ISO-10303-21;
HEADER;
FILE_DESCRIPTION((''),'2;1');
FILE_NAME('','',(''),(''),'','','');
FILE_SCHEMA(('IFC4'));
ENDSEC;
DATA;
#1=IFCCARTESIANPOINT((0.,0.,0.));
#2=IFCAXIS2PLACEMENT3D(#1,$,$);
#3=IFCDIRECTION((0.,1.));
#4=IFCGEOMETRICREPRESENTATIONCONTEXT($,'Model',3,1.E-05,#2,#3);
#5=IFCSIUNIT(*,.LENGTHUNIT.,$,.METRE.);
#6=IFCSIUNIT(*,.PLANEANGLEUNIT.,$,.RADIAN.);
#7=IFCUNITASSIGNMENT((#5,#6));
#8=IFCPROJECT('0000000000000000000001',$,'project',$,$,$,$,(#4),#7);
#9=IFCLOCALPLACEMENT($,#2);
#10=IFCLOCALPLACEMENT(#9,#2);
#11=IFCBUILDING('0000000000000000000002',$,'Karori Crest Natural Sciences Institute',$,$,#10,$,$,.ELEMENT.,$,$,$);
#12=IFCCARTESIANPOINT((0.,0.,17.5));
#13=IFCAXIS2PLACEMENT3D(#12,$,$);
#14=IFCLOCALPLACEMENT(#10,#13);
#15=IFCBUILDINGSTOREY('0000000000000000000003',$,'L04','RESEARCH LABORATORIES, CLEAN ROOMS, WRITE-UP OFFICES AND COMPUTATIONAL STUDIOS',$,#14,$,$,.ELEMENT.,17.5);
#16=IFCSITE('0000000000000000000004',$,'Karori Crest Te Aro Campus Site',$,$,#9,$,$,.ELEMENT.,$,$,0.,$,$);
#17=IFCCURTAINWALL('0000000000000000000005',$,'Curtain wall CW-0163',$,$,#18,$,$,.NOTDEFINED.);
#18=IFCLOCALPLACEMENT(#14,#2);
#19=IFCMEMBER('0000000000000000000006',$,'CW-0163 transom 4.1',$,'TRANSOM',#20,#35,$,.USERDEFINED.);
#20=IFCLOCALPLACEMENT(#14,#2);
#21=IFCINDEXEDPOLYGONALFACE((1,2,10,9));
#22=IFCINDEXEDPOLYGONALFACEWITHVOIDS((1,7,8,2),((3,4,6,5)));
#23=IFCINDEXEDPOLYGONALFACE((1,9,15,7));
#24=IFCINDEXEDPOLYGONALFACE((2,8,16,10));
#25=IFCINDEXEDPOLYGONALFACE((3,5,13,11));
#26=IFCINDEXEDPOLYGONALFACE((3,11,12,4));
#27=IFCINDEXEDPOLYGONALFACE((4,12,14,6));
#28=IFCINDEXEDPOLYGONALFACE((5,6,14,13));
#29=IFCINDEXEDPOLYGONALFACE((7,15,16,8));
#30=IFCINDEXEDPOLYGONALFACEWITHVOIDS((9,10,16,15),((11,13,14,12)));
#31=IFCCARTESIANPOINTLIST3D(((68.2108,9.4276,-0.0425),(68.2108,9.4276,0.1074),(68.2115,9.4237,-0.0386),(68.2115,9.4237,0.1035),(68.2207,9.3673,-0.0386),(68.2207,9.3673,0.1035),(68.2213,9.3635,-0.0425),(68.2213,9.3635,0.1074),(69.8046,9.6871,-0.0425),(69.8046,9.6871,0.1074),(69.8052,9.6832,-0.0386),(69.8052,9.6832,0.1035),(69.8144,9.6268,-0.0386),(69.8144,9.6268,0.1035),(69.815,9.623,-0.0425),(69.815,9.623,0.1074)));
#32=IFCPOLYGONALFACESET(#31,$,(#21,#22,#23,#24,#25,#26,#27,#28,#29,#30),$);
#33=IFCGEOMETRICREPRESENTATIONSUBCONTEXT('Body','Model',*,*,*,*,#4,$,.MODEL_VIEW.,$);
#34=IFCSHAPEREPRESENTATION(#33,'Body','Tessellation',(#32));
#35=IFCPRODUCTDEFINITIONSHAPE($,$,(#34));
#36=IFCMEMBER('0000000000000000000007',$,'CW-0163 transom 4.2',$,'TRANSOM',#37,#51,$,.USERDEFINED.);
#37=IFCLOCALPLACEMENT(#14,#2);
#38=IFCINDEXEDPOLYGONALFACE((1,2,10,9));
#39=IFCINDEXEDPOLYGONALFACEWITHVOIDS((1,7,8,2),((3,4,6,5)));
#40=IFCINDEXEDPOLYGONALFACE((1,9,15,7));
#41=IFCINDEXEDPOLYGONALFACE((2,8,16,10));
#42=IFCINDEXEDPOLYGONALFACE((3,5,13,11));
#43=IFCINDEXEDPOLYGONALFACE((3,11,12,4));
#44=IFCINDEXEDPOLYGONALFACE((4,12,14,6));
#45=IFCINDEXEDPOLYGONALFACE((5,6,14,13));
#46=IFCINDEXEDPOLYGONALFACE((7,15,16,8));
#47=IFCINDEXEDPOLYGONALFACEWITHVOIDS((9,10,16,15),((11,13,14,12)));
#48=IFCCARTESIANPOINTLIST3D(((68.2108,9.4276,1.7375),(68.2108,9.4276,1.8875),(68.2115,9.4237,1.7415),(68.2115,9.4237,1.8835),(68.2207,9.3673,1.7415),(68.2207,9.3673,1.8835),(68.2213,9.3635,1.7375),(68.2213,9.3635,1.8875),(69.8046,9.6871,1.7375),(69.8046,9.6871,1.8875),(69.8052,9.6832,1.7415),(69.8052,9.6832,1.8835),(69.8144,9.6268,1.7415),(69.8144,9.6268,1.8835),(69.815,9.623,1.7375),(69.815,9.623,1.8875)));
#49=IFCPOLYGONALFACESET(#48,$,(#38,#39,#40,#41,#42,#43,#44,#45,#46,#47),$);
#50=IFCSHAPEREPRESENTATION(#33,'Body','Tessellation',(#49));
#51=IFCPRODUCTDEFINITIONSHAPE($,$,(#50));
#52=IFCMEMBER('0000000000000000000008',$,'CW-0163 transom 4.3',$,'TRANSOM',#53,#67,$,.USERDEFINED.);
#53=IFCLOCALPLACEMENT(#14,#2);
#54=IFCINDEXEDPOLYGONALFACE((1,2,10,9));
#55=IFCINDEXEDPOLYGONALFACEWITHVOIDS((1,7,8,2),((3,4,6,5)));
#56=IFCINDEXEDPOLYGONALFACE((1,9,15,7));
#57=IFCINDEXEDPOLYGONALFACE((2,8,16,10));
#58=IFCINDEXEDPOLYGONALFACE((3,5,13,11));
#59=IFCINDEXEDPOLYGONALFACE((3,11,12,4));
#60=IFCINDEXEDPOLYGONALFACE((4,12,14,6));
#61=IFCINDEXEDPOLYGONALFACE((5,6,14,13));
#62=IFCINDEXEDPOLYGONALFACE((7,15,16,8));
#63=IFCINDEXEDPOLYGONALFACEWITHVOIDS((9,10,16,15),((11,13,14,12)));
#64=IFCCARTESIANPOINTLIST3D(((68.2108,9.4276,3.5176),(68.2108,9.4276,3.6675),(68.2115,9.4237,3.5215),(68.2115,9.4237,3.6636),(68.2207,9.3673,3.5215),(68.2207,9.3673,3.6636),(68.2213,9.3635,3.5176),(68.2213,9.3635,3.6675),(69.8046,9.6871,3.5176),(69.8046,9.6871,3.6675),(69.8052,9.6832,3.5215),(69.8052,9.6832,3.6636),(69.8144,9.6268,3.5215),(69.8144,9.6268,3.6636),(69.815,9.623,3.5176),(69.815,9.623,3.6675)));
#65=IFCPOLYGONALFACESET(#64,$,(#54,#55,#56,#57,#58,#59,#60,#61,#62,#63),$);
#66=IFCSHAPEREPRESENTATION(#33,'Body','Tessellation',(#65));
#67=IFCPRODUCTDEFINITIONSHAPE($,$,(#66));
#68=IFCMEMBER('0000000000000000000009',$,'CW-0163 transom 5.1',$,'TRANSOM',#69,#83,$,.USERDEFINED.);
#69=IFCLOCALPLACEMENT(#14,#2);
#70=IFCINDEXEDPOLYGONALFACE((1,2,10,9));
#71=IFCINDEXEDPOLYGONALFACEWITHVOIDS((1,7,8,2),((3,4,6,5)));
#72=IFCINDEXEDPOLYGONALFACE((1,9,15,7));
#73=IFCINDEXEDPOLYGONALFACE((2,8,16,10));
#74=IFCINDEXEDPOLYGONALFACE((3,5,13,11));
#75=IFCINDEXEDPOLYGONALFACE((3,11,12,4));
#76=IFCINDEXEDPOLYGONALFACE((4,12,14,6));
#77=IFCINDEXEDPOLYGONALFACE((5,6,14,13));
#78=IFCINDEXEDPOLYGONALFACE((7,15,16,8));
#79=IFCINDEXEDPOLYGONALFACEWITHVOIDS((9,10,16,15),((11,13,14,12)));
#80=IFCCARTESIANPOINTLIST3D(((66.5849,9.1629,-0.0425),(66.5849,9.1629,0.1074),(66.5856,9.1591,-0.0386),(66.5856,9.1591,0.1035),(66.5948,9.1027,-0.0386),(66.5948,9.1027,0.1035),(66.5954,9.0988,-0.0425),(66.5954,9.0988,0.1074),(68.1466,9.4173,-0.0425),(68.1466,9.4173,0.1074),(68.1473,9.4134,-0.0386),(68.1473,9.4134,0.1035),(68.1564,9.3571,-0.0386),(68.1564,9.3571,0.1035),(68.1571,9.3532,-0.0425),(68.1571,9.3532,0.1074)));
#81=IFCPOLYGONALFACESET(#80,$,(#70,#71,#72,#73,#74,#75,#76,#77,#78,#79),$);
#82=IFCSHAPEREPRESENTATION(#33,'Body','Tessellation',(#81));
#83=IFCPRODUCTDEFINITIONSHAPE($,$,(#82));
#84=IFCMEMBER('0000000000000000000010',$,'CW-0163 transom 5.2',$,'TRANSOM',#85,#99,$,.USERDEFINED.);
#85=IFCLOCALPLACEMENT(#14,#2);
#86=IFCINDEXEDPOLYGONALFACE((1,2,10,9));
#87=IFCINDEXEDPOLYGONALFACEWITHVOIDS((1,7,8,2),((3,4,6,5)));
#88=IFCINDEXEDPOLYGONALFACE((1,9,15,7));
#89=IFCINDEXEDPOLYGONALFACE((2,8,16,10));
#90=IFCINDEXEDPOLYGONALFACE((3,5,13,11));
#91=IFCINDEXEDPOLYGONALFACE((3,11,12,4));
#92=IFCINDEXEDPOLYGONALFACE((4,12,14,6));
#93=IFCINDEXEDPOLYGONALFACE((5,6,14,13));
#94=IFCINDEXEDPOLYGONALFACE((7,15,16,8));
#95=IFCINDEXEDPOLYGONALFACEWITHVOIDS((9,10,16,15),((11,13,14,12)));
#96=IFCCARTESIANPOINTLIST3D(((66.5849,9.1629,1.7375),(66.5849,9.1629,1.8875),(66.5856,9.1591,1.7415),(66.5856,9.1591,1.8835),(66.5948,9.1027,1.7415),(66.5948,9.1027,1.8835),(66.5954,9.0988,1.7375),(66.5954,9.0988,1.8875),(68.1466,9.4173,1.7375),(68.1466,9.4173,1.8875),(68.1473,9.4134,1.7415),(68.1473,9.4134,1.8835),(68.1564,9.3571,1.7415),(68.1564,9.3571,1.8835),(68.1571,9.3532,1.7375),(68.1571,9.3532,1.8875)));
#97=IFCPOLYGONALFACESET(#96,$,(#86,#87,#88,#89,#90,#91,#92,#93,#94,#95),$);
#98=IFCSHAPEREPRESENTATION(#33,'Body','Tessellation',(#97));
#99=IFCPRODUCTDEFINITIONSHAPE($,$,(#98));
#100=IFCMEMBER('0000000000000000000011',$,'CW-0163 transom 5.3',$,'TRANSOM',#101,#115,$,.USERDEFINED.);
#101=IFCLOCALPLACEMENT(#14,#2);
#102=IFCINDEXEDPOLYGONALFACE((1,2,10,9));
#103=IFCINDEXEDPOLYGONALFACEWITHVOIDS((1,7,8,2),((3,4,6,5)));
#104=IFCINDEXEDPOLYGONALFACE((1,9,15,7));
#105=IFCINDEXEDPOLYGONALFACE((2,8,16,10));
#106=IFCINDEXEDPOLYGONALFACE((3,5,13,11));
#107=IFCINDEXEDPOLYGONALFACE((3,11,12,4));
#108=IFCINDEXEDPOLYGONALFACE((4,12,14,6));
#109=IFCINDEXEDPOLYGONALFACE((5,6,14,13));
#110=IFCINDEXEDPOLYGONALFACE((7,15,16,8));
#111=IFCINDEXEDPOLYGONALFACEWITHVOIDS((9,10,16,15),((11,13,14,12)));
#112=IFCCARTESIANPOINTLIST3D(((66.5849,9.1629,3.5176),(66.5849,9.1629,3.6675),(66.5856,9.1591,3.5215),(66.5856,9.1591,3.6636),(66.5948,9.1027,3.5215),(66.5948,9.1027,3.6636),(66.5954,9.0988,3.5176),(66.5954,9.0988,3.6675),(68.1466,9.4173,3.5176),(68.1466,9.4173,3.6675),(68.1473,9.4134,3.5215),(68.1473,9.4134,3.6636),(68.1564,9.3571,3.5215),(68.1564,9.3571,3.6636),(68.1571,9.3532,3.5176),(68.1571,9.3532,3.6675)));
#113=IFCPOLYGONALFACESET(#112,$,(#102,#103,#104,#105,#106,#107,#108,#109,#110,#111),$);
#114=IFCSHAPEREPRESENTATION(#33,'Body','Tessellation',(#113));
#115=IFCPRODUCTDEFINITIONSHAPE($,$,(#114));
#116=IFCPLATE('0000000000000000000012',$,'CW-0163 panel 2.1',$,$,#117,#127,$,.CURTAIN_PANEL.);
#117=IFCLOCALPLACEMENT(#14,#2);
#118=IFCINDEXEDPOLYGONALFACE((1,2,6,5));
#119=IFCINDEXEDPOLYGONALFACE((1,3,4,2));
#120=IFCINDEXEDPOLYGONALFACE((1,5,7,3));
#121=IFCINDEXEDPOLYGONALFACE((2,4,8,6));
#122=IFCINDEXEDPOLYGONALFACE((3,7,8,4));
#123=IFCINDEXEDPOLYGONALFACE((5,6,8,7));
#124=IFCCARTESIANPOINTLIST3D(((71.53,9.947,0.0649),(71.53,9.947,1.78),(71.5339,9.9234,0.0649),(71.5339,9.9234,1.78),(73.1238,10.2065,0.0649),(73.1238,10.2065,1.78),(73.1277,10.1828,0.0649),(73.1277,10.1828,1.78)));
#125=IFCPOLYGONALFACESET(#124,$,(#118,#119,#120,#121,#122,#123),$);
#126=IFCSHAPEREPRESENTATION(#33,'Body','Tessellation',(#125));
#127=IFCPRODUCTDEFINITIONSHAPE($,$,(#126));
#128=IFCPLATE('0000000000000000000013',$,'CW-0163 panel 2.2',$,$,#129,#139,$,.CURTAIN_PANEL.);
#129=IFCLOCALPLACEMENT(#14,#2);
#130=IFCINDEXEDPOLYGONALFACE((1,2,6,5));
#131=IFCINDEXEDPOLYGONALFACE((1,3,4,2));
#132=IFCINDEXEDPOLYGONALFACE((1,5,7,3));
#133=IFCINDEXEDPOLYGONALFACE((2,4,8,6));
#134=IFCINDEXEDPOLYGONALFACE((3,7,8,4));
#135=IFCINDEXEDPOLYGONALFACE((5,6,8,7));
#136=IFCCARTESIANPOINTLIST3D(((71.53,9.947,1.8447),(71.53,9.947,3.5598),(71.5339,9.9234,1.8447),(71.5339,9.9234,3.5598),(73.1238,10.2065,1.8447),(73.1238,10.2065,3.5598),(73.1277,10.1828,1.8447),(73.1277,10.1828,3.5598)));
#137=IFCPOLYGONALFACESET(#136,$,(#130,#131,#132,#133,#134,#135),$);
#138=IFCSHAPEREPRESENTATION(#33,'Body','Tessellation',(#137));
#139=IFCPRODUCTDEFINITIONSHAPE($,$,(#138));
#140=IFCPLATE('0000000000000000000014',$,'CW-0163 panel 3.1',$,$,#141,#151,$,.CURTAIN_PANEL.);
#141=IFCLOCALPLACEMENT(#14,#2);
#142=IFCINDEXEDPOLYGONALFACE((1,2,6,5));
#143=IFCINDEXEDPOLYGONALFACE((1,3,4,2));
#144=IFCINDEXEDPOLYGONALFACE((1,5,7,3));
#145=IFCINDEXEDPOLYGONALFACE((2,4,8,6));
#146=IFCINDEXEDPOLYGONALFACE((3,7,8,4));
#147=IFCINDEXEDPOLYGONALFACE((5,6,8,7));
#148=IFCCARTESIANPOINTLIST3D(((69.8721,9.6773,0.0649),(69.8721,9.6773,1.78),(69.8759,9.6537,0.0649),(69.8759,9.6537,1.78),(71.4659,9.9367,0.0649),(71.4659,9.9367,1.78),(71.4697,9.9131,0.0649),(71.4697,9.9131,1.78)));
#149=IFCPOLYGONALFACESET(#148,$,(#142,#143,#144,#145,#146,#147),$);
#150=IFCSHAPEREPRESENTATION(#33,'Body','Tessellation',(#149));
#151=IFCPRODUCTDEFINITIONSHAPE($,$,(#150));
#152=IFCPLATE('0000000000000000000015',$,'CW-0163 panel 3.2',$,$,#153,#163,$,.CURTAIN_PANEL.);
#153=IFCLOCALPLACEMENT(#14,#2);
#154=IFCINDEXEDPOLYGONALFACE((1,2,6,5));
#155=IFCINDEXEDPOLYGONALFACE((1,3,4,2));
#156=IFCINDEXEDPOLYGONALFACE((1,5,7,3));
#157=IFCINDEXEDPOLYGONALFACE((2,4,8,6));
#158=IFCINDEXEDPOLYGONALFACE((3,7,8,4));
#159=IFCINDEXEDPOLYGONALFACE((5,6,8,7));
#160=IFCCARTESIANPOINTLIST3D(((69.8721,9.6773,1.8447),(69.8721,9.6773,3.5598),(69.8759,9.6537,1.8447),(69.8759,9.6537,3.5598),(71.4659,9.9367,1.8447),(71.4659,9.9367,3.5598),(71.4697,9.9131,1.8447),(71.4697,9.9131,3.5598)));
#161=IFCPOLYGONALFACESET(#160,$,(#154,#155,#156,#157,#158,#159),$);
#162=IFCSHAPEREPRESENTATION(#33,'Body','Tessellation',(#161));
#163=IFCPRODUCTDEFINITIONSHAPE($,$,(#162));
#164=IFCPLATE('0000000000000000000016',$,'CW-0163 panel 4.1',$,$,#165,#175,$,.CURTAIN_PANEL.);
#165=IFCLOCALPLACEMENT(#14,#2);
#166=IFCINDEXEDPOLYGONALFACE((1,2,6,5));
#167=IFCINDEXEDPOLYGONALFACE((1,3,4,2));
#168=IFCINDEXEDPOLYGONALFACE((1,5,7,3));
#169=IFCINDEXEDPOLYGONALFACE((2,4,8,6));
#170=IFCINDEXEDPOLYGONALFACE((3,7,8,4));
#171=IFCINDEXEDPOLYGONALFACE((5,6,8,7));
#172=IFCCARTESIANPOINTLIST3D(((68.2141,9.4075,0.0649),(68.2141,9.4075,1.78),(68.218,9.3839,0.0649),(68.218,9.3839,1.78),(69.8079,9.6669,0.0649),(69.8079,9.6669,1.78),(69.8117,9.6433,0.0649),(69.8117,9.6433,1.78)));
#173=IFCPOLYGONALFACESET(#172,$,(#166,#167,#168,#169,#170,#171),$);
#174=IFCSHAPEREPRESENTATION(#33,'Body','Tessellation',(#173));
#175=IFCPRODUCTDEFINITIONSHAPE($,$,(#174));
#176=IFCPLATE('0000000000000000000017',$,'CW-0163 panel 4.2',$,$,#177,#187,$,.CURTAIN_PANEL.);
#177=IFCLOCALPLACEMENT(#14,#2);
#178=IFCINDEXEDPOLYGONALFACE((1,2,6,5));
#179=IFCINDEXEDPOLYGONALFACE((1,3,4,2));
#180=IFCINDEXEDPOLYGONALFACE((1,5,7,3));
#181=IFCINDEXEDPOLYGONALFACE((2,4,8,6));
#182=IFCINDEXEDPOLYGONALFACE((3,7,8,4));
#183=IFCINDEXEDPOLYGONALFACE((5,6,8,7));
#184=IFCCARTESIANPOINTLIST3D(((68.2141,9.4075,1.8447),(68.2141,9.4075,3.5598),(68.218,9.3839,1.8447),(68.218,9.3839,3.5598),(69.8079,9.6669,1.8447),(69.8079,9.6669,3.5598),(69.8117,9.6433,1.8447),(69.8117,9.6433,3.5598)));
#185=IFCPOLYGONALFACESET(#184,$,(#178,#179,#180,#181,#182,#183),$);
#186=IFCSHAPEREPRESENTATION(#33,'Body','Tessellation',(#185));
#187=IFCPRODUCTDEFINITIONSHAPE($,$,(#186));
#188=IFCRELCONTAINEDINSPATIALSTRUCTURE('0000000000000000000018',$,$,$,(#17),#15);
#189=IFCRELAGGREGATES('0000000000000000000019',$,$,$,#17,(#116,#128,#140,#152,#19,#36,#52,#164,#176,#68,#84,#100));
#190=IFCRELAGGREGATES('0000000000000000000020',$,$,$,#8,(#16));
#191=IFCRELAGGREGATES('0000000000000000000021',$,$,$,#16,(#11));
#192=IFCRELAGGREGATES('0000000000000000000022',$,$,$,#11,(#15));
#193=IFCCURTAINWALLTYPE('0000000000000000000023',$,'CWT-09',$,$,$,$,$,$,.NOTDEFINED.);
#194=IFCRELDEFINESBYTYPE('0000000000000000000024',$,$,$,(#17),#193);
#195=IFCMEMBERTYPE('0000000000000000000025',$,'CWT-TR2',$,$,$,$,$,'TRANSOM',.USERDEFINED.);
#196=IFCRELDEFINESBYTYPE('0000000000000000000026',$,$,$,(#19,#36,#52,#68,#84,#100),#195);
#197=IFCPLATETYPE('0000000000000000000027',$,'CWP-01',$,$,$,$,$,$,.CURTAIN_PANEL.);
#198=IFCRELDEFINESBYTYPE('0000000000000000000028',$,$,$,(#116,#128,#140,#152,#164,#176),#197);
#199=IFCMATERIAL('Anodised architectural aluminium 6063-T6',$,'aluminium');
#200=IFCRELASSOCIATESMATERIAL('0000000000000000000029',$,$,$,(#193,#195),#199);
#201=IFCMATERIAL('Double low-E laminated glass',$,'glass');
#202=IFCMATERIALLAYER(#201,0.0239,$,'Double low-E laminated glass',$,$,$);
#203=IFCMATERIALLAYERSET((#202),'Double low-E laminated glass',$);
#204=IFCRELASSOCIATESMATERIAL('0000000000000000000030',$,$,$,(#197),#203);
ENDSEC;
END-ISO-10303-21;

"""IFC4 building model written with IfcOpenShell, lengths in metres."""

from ifc_helpers import new_model, si_unit, direction, frame, origin, origin_2d, place, context, subcontext, project, spatial, rectangle, hollow_rectangle, extrude, material, layer, layer_set, material_profile, profile_set, type_object, element, aggregate, save


model = new_model("IFC4")

# Units and contexts
model_context = context("Model", 3, precision=1e-05, world=origin(), true_north=direction((0.0, 1.0)))
body_context = subcontext(model_context, "Body", "Model", "MODEL_VIEW")
ifc_project = project(units=[si_unit("LENGTHUNIT", "METRE"), si_unit("PLANEANGLEUNIT", "RADIAN")], contexts=[model_context])

# Site, building, storey
site_placement = place(None, origin())
site = spatial("IfcSite", under=ifc_project, at=site_placement, Name="Karori Crest Te Aro Campus Site", CompositionType="ELEMENT", RefElevation=0.0)
building_placement = place(site_placement, origin())
building = spatial("IfcBuilding", under=site, at=building_placement, Name="Karori Crest Natural Sciences Institute", CompositionType="ELEMENT")
storey_placement = place(building_placement, frame((0.0, 0.0, 17.5)))
storey = spatial("IfcBuildingStorey", under=building, at=storey_placement, Name="L04", Description="RESEARCH LABORATORIES, CLEAN ROOMS, WRITE-UP OFFICES AND COMPUTATIONAL STUDIOS", CompositionType="ELEMENT", Elevation=17.5)

# Curtain wall, members, plates
ifc_material_1 = material(Name="Anodised architectural aluminium 6063-T6", Category="aluminium")
curtain_wall_type = type_object("IfcCurtainWallType", Name="CWT-09", PredefinedType="NOTDEFINED", material=ifc_material_1)
curtain_wall_placement = place(storey_placement, origin())
curtain_wall = element("IfcCurtainWall", 1, at=curtain_wall_placement, inside=storey, type_object=curtain_wall_type, Name="Curtain wall CW-0163", PredefinedType="NOTDEFINED")
ifc_material_profile_1 = material_profile(ifc_material_1, hollow_rectangle(XDim=0.0649, YDim=0.1499, WallThickness=0.0039, at=origin_2d()), Name="CWT150x65x4")
ifc_profile_set_1 = profile_set([ifc_material_profile_1], Name="Anodised architectural aluminium 6063-T6")
member_type_1 = type_object("IfcMemberType", Name="CWT-TR2", ElementType="TRANSOM", PredefinedType="USERDEFINED", material=ifc_profile_set_1)
member_1_placement = place(storey_placement, frame((69.8098, 9.655, 0.0325), z_axis=(-0.987, -0.16072, 0.0), x_axis=(0.16072, -0.987, 0.0)))
member_1 = element("IfcMember", 2, at=member_1_placement, type_object=member_type_1, Name="CW-0163 transom 4.1", ObjectType="TRANSOM", PredefinedType="USERDEFINED", context=body_context, shape_type="SweptSolid", body=[
    extrude(hollow_rectangle(XDim=0.0649, YDim=0.1499, WallThickness=0.0039, at=origin_2d()), origin(), (0.0, 0.0, 1.0), 1.6147),
])
member_2_placement = place(storey_placement, frame((69.8098, 9.655, 1.8125), z_axis=(-0.987, -0.16072, 0.0), x_axis=(0.16072, -0.987, 0.0)))
member_2 = element("IfcMember", 3, at=member_2_placement, type_object=member_type_1, Name="CW-0163 transom 4.2", ObjectType="TRANSOM", PredefinedType="USERDEFINED", context=body_context, shape_type="SweptSolid", body=[
    extrude(hollow_rectangle(XDim=0.0649, YDim=0.1499, WallThickness=0.0039, at=origin_2d()), origin(), (0.0, 0.0, 1.0), 1.6147),
])
member_3_placement = place(storey_placement, frame((69.8098, 9.655, 3.5925), z_axis=(-0.987, -0.16072, 0.0), x_axis=(0.16072, -0.987, 0.0)))
member_3 = element("IfcMember", 4, at=member_3_placement, type_object=member_type_1, Name="CW-0163 transom 4.3", ObjectType="TRANSOM", PredefinedType="USERDEFINED", context=body_context, shape_type="SweptSolid", body=[
    extrude(hollow_rectangle(XDim=0.0649, YDim=0.1499, WallThickness=0.0039, at=origin_2d()), origin(), (0.0, 0.0, 1.0), 1.6147),
])
member_4_placement = place(storey_placement, frame((68.1519, 9.3853, 0.0325), z_axis=(-0.986992, -0.16077, 0.0), x_axis=(0.16077, -0.986992, 0.0)))
member_4 = element("IfcMember", 5, at=member_4_placement, type_object=member_type_1, Name="CW-0163 transom 5.1", ObjectType="TRANSOM", PredefinedType="USERDEFINED", context=body_context, shape_type="SweptSolid", body=[
    extrude(hollow_rectangle(XDim=0.0649, YDim=0.1499, WallThickness=0.0039, at=origin_2d()), origin(), (0.0, 0.0, 1.0), 1.5823),
])
member_5_placement = place(storey_placement, frame((68.1519, 9.3853, 1.8125), z_axis=(-0.986992, -0.16077, 0.0), x_axis=(0.16077, -0.986992, 0.0)))
member_5 = element("IfcMember", 6, at=member_5_placement, type_object=member_type_1, Name="CW-0163 transom 5.2", ObjectType="TRANSOM", PredefinedType="USERDEFINED", context=body_context, shape_type="SweptSolid", body=[
    extrude(hollow_rectangle(XDim=0.0649, YDim=0.1499, WallThickness=0.0039, at=origin_2d()), origin(), (0.0, 0.0, 1.0), 1.5823),
])
member_6_placement = place(storey_placement, frame((68.1519, 9.3853, 3.5925), z_axis=(-0.986992, -0.16077, 0.0), x_axis=(0.16077, -0.986992, 0.0)))
member_6 = element("IfcMember", 7, at=member_6_placement, type_object=member_type_1, Name="CW-0163 transom 5.3", ObjectType="TRANSOM", PredefinedType="USERDEFINED", context=body_context, shape_type="SweptSolid", body=[
    extrude(hollow_rectangle(XDim=0.0649, YDim=0.1499, WallThickness=0.0039, at=origin_2d()), origin(), (0.0, 0.0, 1.0), 1.5823),
])
ifc_material_2 = material(Name="Double low-E laminated glass", Category="glass")
ifc_layer_1 = layer(ifc_material_2, 0.0239, Name="Double low-E laminated glass")
ifc_layer_set_1 = layer_set([ifc_layer_1], Name="Double low-E laminated glass")
plate_type = type_object("IfcPlateType", Name="CWP-01", PredefinedType="CURTAIN_PANEL", material=ifc_layer_set_1)
plate_1_placement = place(storey_placement, frame((72.3289, 10.0649, 0.0649), z_axis=(0.0, 0.0, 1.0), x_axis=(-0.987011, -0.16065, 0.0)))
plate_1 = element("IfcPlate", 8, at=plate_1_placement, type_object=plate_type, Name="CW-0163 panel 2.1", PredefinedType="CURTAIN_PANEL", context=body_context, shape_type="SweptSolid", body=[
    extrude(rectangle(XDim=1.6147, YDim=0.0239, at=origin_2d()), origin(), (0.0, 0.0, 1.0), 1.7151),
])
plate_2_placement = place(storey_placement, frame((72.3289, 10.0649, 1.8447), z_axis=(0.0, 0.0, 1.0), x_axis=(-0.987011, -0.16065, 0.0)))
plate_2 = element("IfcPlate", 9, at=plate_2_placement, type_object=plate_type, Name="CW-0163 panel 2.2", PredefinedType="CURTAIN_PANEL", context=body_context, shape_type="SweptSolid", body=[
    extrude(rectangle(XDim=1.6147, YDim=0.0239, at=origin_2d()), origin(), (0.0, 0.0, 1.0), 1.7151),
])
plate_3_placement = place(storey_placement, frame((70.6709, 9.7952, 0.0649), z_axis=(0.0, 0.0, 1.0), x_axis=(-0.987011, -0.16065, 0.0)))
plate_3 = element("IfcPlate", 10, at=plate_3_placement, type_object=plate_type, Name="CW-0163 panel 3.1", PredefinedType="CURTAIN_PANEL", context=body_context, shape_type="SweptSolid", body=[
    extrude(rectangle(XDim=1.6147, YDim=0.0239, at=origin_2d()), origin(), (0.0, 0.0, 1.0), 1.7151),
])
plate_4_placement = place(storey_placement, frame((70.6709, 9.7952, 1.8447), z_axis=(0.0, 0.0, 1.0), x_axis=(-0.987011, -0.16065, 0.0)))
plate_4 = element("IfcPlate", 11, at=plate_4_placement, type_object=plate_type, Name="CW-0163 panel 3.2", PredefinedType="CURTAIN_PANEL", context=body_context, shape_type="SweptSolid", body=[
    extrude(rectangle(XDim=1.6147, YDim=0.0239, at=origin_2d()), origin(), (0.0, 0.0, 1.0), 1.7151),
])
plate_5_placement = place(storey_placement, frame((69.0129, 9.5254, 0.0649), z_axis=(0.0, 0.0, 1.0), x_axis=(-0.987011, -0.16065, 0.0)))
plate_5 = element("IfcPlate", 12, at=plate_5_placement, type_object=plate_type, Name="CW-0163 panel 4.1", PredefinedType="CURTAIN_PANEL", context=body_context, shape_type="SweptSolid", body=[
    extrude(rectangle(XDim=1.6147, YDim=0.0239, at=origin_2d()), origin(), (0.0, 0.0, 1.0), 1.7151),
])
plate_6_placement = place(storey_placement, frame((69.0129, 9.5254, 1.8447), z_axis=(0.0, 0.0, 1.0), x_axis=(-0.987011, -0.16065, 0.0)))
plate_6 = element("IfcPlate", 13, at=plate_6_placement, type_object=plate_type, Name="CW-0163 panel 4.2", PredefinedType="CURTAIN_PANEL", context=body_context, shape_type="SweptSolid", body=[
    extrude(rectangle(XDim=1.6147, YDim=0.0239, at=origin_2d()), origin(), (0.0, 0.0, 1.0), 1.7151),
])
aggregate(curtain_wall, [plate_1, plate_2, plate_3, plate_4, member_1, member_2, member_3, plate_5, plate_6, member_4, member_5, member_6])

save(model, "model.ifc")
